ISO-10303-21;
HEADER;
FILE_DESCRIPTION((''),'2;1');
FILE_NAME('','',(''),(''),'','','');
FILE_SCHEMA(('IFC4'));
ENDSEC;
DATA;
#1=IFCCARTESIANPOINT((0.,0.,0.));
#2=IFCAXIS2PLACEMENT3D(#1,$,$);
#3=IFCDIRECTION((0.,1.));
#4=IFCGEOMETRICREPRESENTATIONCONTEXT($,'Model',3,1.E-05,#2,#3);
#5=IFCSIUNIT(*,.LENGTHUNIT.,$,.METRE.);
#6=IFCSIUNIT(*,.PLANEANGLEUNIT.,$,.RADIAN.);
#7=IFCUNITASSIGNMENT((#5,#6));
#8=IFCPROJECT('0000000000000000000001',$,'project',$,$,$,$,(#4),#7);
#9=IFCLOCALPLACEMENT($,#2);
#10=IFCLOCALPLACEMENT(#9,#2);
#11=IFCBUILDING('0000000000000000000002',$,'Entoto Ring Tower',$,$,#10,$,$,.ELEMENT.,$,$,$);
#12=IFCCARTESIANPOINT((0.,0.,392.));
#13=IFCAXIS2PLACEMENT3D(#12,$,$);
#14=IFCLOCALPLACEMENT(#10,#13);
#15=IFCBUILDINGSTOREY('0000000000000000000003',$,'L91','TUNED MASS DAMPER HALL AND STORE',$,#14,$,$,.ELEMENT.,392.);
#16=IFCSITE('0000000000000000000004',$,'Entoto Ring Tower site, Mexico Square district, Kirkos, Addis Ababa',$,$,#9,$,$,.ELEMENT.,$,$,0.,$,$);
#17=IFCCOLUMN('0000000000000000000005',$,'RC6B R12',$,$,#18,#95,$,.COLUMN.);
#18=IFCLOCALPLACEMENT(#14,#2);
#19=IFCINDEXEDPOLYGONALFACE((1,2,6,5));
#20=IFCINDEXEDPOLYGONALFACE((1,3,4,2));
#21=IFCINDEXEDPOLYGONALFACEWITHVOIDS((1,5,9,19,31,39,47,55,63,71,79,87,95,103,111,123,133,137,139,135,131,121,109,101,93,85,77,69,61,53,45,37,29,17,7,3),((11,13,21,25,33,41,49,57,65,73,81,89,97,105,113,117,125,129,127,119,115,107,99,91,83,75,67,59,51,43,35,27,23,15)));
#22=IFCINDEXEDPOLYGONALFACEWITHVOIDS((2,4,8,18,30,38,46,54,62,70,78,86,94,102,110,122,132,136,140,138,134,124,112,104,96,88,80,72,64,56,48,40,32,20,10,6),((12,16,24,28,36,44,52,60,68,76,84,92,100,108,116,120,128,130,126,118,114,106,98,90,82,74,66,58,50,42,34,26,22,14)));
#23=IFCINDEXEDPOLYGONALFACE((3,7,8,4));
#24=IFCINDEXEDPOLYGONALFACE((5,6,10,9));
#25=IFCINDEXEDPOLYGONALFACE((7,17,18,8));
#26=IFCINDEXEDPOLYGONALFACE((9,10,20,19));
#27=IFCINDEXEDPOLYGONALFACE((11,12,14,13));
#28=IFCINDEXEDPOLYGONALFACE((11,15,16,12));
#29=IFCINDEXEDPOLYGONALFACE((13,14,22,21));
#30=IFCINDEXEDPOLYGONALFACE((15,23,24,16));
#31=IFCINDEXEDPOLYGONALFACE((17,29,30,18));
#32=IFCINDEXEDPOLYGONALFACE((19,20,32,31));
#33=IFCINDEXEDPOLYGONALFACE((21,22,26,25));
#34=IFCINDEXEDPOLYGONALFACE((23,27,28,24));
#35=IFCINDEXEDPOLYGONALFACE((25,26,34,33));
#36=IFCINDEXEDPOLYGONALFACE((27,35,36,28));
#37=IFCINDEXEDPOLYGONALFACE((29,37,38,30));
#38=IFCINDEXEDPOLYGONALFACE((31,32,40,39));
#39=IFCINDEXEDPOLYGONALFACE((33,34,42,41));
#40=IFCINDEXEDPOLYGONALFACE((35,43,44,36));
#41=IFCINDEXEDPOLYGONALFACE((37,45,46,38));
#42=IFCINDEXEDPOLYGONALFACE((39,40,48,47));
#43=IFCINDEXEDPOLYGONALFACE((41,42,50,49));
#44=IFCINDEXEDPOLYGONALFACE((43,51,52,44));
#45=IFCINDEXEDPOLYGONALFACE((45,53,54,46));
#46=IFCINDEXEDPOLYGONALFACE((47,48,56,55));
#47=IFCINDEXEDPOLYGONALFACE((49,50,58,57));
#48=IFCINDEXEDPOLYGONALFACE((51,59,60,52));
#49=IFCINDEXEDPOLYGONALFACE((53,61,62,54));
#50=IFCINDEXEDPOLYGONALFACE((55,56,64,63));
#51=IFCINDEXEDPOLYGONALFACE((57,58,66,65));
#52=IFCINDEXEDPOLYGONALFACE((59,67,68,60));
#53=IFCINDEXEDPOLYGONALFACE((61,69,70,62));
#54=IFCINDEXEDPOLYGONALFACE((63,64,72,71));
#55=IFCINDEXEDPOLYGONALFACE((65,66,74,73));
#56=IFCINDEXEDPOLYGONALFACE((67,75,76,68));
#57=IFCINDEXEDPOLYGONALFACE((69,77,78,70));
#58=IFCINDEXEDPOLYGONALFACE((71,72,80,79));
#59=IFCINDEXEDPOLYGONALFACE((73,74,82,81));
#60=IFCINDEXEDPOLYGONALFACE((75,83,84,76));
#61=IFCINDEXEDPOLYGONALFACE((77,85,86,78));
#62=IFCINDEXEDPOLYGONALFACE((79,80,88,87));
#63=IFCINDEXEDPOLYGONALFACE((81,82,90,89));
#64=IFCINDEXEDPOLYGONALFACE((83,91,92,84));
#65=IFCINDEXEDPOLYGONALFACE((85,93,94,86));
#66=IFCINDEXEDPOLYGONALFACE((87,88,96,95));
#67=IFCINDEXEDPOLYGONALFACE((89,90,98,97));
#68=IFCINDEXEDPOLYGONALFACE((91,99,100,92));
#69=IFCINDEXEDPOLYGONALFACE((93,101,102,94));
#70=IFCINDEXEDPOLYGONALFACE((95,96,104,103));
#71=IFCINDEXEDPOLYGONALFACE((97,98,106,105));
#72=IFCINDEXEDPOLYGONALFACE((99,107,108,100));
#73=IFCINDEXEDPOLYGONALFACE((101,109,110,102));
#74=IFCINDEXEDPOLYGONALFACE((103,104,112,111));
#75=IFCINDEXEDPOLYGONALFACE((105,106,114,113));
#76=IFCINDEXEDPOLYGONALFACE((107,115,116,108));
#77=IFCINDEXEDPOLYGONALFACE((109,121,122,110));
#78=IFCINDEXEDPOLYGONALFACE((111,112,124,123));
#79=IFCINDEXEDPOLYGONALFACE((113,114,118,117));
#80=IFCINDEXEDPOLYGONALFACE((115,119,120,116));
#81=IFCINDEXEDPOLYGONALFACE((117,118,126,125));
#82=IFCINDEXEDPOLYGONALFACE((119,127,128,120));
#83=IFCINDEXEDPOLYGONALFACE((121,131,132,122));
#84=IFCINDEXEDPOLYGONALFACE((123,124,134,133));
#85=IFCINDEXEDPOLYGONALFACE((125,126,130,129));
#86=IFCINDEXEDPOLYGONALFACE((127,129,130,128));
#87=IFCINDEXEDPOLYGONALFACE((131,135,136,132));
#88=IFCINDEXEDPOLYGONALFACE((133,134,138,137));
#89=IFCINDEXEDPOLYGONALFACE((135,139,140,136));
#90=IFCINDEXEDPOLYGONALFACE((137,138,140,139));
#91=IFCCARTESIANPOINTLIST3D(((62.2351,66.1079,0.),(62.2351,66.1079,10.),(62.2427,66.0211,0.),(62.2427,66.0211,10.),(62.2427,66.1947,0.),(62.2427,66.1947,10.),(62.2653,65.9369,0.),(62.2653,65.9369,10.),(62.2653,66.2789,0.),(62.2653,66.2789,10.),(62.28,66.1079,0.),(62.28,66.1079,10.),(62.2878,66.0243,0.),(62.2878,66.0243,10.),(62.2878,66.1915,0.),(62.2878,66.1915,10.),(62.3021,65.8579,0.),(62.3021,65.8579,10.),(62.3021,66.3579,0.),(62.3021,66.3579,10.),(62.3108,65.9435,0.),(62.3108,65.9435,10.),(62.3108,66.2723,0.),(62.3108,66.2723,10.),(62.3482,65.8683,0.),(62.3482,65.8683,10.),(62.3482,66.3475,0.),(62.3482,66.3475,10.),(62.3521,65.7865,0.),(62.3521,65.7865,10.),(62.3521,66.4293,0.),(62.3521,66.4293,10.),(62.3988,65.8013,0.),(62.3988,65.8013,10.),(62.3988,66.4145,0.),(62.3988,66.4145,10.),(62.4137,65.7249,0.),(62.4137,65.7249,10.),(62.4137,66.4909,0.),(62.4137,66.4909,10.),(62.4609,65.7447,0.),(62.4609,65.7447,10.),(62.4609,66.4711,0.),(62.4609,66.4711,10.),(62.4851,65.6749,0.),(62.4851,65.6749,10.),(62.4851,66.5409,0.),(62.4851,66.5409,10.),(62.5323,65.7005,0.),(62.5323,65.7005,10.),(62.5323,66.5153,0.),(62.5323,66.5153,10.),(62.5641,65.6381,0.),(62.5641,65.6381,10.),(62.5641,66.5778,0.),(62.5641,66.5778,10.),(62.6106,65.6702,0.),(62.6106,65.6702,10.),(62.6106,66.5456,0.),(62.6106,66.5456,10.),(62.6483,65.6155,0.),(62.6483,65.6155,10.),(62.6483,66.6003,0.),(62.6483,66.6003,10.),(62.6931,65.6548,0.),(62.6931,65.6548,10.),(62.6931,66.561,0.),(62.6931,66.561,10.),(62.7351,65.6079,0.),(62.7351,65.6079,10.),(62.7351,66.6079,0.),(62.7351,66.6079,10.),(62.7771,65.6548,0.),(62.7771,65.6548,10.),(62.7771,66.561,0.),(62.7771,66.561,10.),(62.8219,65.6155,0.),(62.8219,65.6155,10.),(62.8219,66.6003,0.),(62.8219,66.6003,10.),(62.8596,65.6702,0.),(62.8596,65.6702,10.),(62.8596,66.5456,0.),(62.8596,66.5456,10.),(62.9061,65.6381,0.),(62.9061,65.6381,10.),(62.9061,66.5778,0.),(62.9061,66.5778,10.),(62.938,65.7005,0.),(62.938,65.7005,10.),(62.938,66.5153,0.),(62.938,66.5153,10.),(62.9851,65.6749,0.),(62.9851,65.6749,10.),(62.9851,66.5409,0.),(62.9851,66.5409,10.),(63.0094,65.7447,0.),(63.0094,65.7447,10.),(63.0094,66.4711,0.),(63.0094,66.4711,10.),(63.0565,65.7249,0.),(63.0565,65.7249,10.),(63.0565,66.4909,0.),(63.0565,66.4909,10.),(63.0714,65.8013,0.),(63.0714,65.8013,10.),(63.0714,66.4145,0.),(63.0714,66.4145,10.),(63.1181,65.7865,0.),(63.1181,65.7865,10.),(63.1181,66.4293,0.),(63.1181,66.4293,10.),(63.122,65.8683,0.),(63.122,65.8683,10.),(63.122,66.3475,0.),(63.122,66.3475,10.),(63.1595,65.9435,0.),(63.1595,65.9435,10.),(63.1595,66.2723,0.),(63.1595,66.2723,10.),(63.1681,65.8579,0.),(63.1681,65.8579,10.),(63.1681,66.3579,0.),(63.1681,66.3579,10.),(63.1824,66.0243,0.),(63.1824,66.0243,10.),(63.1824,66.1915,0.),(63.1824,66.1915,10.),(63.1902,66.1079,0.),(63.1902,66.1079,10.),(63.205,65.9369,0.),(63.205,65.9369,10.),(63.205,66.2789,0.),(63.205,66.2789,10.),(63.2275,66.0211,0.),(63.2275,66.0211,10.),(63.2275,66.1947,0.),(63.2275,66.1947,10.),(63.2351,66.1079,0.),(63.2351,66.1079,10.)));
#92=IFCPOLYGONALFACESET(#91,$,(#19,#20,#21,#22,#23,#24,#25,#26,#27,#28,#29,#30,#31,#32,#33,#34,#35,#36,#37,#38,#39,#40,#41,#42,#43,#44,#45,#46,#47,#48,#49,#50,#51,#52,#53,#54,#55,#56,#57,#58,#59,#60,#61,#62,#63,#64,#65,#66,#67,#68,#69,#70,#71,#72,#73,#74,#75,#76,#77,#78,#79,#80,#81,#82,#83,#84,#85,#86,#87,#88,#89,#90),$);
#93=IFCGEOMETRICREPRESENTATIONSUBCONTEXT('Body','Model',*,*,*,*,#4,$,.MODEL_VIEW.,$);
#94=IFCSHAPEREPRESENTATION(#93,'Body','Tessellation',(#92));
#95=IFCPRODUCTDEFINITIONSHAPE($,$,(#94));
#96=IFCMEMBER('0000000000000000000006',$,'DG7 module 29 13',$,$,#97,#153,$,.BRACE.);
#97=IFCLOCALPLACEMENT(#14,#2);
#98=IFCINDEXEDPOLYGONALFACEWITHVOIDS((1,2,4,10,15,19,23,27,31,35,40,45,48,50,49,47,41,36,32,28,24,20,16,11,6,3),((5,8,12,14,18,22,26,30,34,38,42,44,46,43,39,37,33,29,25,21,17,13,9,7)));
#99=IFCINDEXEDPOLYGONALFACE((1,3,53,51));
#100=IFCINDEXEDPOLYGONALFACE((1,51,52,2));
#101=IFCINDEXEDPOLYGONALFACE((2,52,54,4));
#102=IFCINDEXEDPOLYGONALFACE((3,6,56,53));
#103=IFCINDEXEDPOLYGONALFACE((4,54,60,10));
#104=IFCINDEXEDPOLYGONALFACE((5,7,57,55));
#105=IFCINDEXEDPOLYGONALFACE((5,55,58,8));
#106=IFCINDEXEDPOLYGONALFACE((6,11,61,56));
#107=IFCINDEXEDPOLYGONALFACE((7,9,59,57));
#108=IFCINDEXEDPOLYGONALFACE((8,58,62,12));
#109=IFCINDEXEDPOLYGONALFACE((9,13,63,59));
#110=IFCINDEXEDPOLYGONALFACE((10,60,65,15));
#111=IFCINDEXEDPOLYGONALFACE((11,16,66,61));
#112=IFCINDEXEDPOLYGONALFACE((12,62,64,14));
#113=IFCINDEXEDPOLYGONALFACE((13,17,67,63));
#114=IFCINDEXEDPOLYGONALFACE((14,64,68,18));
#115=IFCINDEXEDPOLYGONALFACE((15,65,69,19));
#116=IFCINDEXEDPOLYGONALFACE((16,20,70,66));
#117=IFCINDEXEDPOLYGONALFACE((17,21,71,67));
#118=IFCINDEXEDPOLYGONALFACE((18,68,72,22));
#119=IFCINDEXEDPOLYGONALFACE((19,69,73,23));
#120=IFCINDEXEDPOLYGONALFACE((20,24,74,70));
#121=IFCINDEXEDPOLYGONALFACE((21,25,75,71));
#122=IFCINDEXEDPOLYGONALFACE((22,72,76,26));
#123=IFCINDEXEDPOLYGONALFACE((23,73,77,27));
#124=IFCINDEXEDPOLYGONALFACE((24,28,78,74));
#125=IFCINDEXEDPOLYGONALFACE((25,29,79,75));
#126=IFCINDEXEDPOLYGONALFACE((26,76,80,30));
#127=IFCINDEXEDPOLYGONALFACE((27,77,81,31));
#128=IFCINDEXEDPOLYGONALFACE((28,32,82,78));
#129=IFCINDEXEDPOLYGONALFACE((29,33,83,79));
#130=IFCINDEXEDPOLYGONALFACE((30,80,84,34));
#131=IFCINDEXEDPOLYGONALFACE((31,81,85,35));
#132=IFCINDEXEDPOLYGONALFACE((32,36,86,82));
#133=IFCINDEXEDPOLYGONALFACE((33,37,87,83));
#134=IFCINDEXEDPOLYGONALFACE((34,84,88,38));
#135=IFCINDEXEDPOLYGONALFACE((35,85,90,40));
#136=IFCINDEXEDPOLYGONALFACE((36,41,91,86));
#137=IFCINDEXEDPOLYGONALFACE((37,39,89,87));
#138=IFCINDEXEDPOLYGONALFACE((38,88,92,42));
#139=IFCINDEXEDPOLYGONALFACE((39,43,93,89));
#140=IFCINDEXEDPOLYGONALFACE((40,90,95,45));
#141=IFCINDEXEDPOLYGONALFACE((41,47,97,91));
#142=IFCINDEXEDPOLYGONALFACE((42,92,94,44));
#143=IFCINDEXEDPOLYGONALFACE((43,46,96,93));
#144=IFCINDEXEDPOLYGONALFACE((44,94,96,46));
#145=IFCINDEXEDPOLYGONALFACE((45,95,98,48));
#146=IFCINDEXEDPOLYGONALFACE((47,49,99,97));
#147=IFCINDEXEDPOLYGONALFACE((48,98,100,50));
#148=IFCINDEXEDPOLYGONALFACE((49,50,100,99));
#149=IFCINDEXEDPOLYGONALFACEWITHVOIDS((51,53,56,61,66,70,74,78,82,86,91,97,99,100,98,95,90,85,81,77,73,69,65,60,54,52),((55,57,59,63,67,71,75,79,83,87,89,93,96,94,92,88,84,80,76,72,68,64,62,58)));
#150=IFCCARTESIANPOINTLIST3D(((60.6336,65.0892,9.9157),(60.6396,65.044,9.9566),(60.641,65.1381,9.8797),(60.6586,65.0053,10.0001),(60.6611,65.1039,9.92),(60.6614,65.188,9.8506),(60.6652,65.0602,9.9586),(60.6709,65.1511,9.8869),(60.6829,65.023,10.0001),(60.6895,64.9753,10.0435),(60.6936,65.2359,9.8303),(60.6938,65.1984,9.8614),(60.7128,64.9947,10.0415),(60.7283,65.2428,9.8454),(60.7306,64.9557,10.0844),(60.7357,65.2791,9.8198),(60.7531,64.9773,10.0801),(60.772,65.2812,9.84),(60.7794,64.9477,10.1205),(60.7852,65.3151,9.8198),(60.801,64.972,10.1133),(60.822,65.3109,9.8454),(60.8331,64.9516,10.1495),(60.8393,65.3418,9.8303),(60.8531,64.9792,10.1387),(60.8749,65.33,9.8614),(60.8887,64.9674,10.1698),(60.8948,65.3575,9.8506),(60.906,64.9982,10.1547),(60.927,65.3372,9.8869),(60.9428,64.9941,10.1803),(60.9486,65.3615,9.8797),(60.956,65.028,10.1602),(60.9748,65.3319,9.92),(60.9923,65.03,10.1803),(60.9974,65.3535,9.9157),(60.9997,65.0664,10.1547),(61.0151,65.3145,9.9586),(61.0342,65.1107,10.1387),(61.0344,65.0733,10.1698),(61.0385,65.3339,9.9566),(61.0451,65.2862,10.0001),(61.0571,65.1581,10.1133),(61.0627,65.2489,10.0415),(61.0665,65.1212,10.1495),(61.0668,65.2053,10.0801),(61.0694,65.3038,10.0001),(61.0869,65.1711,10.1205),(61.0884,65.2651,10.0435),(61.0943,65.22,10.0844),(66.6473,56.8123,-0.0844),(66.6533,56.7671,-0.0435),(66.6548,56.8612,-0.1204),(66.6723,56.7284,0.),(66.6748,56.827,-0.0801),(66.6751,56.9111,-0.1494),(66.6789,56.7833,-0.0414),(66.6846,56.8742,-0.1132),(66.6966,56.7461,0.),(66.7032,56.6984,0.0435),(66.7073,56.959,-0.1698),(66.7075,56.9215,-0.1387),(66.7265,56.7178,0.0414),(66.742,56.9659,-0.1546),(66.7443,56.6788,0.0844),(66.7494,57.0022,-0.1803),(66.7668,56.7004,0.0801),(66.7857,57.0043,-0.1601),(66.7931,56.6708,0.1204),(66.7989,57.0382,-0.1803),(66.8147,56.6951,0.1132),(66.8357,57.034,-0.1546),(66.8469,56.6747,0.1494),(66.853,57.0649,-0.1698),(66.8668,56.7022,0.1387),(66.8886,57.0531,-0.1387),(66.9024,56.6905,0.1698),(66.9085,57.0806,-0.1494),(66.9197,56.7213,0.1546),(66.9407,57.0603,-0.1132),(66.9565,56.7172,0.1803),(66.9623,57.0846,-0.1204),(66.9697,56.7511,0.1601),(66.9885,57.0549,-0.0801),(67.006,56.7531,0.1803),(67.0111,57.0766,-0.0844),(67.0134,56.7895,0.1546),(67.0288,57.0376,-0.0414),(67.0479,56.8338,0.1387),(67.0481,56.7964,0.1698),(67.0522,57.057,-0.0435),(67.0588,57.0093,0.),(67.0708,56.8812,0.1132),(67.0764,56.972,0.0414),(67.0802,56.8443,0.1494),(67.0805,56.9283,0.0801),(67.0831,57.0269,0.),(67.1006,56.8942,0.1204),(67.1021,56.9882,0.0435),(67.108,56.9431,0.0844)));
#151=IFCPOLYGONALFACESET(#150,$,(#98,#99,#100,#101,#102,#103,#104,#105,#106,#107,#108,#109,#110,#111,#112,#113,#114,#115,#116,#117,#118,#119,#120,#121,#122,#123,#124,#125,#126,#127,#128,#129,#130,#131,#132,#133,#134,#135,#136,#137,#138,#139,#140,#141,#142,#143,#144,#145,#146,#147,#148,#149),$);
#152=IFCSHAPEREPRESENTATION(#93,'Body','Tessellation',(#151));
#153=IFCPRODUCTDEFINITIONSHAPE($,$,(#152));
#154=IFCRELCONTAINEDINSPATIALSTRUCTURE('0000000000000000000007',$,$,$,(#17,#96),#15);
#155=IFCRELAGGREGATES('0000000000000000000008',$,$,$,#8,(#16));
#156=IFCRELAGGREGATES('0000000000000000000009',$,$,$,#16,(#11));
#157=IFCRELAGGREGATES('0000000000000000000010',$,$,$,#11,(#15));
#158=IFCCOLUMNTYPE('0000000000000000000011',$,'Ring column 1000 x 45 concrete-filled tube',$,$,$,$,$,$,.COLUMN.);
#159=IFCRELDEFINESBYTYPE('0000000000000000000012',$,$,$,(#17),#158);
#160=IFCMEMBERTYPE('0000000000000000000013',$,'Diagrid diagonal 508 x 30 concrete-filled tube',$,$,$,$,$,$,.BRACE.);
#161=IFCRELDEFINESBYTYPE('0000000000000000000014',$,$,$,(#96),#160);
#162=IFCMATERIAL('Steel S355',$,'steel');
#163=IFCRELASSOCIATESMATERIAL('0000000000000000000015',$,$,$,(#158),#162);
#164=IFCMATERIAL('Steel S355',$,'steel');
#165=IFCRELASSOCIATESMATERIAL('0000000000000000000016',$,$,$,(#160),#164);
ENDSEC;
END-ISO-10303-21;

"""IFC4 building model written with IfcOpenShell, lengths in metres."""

from ifc_helpers import new_model, si_unit, direction, frame, origin, origin_2d, place, context, subcontext, project, spatial, circle, hollow_circle, extrude, material, material_profile, profile_set, type_object, element, save


model = new_model("IFC4")

# Units and contexts
model_context = context("Model", 3, precision=1e-05, world=origin(), true_north=direction((0.0, 1.0)))
body_context = subcontext(model_context, "Body", "Model", "MODEL_VIEW")
ifc_project = project(units=[si_unit("LENGTHUNIT", "METRE"), si_unit("PLANEANGLEUNIT", "RADIAN")], contexts=[model_context])

# Site, building, storey
site_placement = place(None, origin())
site = spatial("IfcSite", under=ifc_project, at=site_placement, Name="Entoto Ring Tower site, Mexico Square district, Kirkos, Addis Ababa", CompositionType="ELEMENT", RefElevation=0.0)
building_placement = place(site_placement, origin())
building = spatial("IfcBuilding", under=site, at=building_placement, Name="Entoto Ring Tower", CompositionType="ELEMENT")
storey_placement = place(building_placement, frame((0.0, 0.0, 392.0)))
storey = spatial("IfcBuildingStorey", under=building, at=storey_placement, Name="L91", Description="TUNED MASS DAMPER HALL AND STORE", CompositionType="ELEMENT", Elevation=392.0)

# Column
ifc_material_1 = material(Name="Steel S355", Category="steel")
ifc_material_profile_1 = material_profile(ifc_material_1, hollow_circle(Radius=0.5, WallThickness=0.0449, at=origin_2d()), Name="CHS 1000 x 45")
ifc_material_2 = material(Name="Concrete C60/75", Category="concrete")
ifc_material_profile_2 = material_profile(ifc_material_2, circle(Radius=0.4551, at=origin_2d()), Name="Concrete C60/75 infill")
ifc_profile_set_1 = profile_set([ifc_material_profile_1, ifc_material_profile_2], Name="Steel S355")
column_type = type_object("IfcColumnType", Name="Ring column 1000 x 45 concrete-filled tube", PredefinedType="COLUMN", material=ifc_profile_set_1)
column_placement = place(storey_placement, frame((62.7351, 66.1079, 0.0), z_axis=(0.0, 0.0, 1.0), x_axis=(1.0, 0.0, 0.0)))
element("IfcColumn", 1, at=column_placement, inside=storey, type_object=column_type, Name="RC6B R12", PredefinedType="COLUMN", context=body_context, shape_type="SweptSolid", body=[
    extrude(hollow_circle(Radius=0.5, WallThickness=0.0449, at=origin_2d()), origin(), (0.0, 0.0, 1.0), 10.0),
])

# Member
ifc_material_3 = material(Name="Steel S355", Category="steel")
ifc_material_profile_3 = material_profile(ifc_material_3, hollow_circle(Radius=0.2539, WallThickness=0.03, at=origin_2d()), Name="CHS 508 x 30")
ifc_material_4 = material(Name="Concrete C60/75", Category="concrete")
ifc_material_profile_4 = material_profile(ifc_material_4, circle(Radius=0.2241, at=origin_2d()), Name="Concrete C60/75 infill")
ifc_profile_set_2 = profile_set([ifc_material_profile_3, ifc_material_profile_4], Name="Steel S355")
member_type_1 = type_object("IfcMemberType", Name="Diagrid diagonal 508 x 30 concrete-filled tube", PredefinedType="BRACE", material=ifc_profile_set_2)
for number, where, z_axis, x_axis, name in (
    (2, (66.8777, 56.8777, 0.0), (-0.420351, 0.578546, 0.698992), (-0.809008, -0.587797, 0.0), "DG7 module 29 13"),
):
    element("IfcMember", number, at=place(storey_placement, frame(where, z_axis=z_axis, x_axis=x_axis)), inside=storey, type_object=member_type_1, Name=name, PredefinedType="BRACE", context=body_context, shape_type="SweptSolid", body=[
        extrude(hollow_circle(Radius=0.2539, WallThickness=0.03, at=origin_2d()), origin(), (0.0, 0.0, 1.0), 14.3064),
    ])

save(model, "model.ifc")
